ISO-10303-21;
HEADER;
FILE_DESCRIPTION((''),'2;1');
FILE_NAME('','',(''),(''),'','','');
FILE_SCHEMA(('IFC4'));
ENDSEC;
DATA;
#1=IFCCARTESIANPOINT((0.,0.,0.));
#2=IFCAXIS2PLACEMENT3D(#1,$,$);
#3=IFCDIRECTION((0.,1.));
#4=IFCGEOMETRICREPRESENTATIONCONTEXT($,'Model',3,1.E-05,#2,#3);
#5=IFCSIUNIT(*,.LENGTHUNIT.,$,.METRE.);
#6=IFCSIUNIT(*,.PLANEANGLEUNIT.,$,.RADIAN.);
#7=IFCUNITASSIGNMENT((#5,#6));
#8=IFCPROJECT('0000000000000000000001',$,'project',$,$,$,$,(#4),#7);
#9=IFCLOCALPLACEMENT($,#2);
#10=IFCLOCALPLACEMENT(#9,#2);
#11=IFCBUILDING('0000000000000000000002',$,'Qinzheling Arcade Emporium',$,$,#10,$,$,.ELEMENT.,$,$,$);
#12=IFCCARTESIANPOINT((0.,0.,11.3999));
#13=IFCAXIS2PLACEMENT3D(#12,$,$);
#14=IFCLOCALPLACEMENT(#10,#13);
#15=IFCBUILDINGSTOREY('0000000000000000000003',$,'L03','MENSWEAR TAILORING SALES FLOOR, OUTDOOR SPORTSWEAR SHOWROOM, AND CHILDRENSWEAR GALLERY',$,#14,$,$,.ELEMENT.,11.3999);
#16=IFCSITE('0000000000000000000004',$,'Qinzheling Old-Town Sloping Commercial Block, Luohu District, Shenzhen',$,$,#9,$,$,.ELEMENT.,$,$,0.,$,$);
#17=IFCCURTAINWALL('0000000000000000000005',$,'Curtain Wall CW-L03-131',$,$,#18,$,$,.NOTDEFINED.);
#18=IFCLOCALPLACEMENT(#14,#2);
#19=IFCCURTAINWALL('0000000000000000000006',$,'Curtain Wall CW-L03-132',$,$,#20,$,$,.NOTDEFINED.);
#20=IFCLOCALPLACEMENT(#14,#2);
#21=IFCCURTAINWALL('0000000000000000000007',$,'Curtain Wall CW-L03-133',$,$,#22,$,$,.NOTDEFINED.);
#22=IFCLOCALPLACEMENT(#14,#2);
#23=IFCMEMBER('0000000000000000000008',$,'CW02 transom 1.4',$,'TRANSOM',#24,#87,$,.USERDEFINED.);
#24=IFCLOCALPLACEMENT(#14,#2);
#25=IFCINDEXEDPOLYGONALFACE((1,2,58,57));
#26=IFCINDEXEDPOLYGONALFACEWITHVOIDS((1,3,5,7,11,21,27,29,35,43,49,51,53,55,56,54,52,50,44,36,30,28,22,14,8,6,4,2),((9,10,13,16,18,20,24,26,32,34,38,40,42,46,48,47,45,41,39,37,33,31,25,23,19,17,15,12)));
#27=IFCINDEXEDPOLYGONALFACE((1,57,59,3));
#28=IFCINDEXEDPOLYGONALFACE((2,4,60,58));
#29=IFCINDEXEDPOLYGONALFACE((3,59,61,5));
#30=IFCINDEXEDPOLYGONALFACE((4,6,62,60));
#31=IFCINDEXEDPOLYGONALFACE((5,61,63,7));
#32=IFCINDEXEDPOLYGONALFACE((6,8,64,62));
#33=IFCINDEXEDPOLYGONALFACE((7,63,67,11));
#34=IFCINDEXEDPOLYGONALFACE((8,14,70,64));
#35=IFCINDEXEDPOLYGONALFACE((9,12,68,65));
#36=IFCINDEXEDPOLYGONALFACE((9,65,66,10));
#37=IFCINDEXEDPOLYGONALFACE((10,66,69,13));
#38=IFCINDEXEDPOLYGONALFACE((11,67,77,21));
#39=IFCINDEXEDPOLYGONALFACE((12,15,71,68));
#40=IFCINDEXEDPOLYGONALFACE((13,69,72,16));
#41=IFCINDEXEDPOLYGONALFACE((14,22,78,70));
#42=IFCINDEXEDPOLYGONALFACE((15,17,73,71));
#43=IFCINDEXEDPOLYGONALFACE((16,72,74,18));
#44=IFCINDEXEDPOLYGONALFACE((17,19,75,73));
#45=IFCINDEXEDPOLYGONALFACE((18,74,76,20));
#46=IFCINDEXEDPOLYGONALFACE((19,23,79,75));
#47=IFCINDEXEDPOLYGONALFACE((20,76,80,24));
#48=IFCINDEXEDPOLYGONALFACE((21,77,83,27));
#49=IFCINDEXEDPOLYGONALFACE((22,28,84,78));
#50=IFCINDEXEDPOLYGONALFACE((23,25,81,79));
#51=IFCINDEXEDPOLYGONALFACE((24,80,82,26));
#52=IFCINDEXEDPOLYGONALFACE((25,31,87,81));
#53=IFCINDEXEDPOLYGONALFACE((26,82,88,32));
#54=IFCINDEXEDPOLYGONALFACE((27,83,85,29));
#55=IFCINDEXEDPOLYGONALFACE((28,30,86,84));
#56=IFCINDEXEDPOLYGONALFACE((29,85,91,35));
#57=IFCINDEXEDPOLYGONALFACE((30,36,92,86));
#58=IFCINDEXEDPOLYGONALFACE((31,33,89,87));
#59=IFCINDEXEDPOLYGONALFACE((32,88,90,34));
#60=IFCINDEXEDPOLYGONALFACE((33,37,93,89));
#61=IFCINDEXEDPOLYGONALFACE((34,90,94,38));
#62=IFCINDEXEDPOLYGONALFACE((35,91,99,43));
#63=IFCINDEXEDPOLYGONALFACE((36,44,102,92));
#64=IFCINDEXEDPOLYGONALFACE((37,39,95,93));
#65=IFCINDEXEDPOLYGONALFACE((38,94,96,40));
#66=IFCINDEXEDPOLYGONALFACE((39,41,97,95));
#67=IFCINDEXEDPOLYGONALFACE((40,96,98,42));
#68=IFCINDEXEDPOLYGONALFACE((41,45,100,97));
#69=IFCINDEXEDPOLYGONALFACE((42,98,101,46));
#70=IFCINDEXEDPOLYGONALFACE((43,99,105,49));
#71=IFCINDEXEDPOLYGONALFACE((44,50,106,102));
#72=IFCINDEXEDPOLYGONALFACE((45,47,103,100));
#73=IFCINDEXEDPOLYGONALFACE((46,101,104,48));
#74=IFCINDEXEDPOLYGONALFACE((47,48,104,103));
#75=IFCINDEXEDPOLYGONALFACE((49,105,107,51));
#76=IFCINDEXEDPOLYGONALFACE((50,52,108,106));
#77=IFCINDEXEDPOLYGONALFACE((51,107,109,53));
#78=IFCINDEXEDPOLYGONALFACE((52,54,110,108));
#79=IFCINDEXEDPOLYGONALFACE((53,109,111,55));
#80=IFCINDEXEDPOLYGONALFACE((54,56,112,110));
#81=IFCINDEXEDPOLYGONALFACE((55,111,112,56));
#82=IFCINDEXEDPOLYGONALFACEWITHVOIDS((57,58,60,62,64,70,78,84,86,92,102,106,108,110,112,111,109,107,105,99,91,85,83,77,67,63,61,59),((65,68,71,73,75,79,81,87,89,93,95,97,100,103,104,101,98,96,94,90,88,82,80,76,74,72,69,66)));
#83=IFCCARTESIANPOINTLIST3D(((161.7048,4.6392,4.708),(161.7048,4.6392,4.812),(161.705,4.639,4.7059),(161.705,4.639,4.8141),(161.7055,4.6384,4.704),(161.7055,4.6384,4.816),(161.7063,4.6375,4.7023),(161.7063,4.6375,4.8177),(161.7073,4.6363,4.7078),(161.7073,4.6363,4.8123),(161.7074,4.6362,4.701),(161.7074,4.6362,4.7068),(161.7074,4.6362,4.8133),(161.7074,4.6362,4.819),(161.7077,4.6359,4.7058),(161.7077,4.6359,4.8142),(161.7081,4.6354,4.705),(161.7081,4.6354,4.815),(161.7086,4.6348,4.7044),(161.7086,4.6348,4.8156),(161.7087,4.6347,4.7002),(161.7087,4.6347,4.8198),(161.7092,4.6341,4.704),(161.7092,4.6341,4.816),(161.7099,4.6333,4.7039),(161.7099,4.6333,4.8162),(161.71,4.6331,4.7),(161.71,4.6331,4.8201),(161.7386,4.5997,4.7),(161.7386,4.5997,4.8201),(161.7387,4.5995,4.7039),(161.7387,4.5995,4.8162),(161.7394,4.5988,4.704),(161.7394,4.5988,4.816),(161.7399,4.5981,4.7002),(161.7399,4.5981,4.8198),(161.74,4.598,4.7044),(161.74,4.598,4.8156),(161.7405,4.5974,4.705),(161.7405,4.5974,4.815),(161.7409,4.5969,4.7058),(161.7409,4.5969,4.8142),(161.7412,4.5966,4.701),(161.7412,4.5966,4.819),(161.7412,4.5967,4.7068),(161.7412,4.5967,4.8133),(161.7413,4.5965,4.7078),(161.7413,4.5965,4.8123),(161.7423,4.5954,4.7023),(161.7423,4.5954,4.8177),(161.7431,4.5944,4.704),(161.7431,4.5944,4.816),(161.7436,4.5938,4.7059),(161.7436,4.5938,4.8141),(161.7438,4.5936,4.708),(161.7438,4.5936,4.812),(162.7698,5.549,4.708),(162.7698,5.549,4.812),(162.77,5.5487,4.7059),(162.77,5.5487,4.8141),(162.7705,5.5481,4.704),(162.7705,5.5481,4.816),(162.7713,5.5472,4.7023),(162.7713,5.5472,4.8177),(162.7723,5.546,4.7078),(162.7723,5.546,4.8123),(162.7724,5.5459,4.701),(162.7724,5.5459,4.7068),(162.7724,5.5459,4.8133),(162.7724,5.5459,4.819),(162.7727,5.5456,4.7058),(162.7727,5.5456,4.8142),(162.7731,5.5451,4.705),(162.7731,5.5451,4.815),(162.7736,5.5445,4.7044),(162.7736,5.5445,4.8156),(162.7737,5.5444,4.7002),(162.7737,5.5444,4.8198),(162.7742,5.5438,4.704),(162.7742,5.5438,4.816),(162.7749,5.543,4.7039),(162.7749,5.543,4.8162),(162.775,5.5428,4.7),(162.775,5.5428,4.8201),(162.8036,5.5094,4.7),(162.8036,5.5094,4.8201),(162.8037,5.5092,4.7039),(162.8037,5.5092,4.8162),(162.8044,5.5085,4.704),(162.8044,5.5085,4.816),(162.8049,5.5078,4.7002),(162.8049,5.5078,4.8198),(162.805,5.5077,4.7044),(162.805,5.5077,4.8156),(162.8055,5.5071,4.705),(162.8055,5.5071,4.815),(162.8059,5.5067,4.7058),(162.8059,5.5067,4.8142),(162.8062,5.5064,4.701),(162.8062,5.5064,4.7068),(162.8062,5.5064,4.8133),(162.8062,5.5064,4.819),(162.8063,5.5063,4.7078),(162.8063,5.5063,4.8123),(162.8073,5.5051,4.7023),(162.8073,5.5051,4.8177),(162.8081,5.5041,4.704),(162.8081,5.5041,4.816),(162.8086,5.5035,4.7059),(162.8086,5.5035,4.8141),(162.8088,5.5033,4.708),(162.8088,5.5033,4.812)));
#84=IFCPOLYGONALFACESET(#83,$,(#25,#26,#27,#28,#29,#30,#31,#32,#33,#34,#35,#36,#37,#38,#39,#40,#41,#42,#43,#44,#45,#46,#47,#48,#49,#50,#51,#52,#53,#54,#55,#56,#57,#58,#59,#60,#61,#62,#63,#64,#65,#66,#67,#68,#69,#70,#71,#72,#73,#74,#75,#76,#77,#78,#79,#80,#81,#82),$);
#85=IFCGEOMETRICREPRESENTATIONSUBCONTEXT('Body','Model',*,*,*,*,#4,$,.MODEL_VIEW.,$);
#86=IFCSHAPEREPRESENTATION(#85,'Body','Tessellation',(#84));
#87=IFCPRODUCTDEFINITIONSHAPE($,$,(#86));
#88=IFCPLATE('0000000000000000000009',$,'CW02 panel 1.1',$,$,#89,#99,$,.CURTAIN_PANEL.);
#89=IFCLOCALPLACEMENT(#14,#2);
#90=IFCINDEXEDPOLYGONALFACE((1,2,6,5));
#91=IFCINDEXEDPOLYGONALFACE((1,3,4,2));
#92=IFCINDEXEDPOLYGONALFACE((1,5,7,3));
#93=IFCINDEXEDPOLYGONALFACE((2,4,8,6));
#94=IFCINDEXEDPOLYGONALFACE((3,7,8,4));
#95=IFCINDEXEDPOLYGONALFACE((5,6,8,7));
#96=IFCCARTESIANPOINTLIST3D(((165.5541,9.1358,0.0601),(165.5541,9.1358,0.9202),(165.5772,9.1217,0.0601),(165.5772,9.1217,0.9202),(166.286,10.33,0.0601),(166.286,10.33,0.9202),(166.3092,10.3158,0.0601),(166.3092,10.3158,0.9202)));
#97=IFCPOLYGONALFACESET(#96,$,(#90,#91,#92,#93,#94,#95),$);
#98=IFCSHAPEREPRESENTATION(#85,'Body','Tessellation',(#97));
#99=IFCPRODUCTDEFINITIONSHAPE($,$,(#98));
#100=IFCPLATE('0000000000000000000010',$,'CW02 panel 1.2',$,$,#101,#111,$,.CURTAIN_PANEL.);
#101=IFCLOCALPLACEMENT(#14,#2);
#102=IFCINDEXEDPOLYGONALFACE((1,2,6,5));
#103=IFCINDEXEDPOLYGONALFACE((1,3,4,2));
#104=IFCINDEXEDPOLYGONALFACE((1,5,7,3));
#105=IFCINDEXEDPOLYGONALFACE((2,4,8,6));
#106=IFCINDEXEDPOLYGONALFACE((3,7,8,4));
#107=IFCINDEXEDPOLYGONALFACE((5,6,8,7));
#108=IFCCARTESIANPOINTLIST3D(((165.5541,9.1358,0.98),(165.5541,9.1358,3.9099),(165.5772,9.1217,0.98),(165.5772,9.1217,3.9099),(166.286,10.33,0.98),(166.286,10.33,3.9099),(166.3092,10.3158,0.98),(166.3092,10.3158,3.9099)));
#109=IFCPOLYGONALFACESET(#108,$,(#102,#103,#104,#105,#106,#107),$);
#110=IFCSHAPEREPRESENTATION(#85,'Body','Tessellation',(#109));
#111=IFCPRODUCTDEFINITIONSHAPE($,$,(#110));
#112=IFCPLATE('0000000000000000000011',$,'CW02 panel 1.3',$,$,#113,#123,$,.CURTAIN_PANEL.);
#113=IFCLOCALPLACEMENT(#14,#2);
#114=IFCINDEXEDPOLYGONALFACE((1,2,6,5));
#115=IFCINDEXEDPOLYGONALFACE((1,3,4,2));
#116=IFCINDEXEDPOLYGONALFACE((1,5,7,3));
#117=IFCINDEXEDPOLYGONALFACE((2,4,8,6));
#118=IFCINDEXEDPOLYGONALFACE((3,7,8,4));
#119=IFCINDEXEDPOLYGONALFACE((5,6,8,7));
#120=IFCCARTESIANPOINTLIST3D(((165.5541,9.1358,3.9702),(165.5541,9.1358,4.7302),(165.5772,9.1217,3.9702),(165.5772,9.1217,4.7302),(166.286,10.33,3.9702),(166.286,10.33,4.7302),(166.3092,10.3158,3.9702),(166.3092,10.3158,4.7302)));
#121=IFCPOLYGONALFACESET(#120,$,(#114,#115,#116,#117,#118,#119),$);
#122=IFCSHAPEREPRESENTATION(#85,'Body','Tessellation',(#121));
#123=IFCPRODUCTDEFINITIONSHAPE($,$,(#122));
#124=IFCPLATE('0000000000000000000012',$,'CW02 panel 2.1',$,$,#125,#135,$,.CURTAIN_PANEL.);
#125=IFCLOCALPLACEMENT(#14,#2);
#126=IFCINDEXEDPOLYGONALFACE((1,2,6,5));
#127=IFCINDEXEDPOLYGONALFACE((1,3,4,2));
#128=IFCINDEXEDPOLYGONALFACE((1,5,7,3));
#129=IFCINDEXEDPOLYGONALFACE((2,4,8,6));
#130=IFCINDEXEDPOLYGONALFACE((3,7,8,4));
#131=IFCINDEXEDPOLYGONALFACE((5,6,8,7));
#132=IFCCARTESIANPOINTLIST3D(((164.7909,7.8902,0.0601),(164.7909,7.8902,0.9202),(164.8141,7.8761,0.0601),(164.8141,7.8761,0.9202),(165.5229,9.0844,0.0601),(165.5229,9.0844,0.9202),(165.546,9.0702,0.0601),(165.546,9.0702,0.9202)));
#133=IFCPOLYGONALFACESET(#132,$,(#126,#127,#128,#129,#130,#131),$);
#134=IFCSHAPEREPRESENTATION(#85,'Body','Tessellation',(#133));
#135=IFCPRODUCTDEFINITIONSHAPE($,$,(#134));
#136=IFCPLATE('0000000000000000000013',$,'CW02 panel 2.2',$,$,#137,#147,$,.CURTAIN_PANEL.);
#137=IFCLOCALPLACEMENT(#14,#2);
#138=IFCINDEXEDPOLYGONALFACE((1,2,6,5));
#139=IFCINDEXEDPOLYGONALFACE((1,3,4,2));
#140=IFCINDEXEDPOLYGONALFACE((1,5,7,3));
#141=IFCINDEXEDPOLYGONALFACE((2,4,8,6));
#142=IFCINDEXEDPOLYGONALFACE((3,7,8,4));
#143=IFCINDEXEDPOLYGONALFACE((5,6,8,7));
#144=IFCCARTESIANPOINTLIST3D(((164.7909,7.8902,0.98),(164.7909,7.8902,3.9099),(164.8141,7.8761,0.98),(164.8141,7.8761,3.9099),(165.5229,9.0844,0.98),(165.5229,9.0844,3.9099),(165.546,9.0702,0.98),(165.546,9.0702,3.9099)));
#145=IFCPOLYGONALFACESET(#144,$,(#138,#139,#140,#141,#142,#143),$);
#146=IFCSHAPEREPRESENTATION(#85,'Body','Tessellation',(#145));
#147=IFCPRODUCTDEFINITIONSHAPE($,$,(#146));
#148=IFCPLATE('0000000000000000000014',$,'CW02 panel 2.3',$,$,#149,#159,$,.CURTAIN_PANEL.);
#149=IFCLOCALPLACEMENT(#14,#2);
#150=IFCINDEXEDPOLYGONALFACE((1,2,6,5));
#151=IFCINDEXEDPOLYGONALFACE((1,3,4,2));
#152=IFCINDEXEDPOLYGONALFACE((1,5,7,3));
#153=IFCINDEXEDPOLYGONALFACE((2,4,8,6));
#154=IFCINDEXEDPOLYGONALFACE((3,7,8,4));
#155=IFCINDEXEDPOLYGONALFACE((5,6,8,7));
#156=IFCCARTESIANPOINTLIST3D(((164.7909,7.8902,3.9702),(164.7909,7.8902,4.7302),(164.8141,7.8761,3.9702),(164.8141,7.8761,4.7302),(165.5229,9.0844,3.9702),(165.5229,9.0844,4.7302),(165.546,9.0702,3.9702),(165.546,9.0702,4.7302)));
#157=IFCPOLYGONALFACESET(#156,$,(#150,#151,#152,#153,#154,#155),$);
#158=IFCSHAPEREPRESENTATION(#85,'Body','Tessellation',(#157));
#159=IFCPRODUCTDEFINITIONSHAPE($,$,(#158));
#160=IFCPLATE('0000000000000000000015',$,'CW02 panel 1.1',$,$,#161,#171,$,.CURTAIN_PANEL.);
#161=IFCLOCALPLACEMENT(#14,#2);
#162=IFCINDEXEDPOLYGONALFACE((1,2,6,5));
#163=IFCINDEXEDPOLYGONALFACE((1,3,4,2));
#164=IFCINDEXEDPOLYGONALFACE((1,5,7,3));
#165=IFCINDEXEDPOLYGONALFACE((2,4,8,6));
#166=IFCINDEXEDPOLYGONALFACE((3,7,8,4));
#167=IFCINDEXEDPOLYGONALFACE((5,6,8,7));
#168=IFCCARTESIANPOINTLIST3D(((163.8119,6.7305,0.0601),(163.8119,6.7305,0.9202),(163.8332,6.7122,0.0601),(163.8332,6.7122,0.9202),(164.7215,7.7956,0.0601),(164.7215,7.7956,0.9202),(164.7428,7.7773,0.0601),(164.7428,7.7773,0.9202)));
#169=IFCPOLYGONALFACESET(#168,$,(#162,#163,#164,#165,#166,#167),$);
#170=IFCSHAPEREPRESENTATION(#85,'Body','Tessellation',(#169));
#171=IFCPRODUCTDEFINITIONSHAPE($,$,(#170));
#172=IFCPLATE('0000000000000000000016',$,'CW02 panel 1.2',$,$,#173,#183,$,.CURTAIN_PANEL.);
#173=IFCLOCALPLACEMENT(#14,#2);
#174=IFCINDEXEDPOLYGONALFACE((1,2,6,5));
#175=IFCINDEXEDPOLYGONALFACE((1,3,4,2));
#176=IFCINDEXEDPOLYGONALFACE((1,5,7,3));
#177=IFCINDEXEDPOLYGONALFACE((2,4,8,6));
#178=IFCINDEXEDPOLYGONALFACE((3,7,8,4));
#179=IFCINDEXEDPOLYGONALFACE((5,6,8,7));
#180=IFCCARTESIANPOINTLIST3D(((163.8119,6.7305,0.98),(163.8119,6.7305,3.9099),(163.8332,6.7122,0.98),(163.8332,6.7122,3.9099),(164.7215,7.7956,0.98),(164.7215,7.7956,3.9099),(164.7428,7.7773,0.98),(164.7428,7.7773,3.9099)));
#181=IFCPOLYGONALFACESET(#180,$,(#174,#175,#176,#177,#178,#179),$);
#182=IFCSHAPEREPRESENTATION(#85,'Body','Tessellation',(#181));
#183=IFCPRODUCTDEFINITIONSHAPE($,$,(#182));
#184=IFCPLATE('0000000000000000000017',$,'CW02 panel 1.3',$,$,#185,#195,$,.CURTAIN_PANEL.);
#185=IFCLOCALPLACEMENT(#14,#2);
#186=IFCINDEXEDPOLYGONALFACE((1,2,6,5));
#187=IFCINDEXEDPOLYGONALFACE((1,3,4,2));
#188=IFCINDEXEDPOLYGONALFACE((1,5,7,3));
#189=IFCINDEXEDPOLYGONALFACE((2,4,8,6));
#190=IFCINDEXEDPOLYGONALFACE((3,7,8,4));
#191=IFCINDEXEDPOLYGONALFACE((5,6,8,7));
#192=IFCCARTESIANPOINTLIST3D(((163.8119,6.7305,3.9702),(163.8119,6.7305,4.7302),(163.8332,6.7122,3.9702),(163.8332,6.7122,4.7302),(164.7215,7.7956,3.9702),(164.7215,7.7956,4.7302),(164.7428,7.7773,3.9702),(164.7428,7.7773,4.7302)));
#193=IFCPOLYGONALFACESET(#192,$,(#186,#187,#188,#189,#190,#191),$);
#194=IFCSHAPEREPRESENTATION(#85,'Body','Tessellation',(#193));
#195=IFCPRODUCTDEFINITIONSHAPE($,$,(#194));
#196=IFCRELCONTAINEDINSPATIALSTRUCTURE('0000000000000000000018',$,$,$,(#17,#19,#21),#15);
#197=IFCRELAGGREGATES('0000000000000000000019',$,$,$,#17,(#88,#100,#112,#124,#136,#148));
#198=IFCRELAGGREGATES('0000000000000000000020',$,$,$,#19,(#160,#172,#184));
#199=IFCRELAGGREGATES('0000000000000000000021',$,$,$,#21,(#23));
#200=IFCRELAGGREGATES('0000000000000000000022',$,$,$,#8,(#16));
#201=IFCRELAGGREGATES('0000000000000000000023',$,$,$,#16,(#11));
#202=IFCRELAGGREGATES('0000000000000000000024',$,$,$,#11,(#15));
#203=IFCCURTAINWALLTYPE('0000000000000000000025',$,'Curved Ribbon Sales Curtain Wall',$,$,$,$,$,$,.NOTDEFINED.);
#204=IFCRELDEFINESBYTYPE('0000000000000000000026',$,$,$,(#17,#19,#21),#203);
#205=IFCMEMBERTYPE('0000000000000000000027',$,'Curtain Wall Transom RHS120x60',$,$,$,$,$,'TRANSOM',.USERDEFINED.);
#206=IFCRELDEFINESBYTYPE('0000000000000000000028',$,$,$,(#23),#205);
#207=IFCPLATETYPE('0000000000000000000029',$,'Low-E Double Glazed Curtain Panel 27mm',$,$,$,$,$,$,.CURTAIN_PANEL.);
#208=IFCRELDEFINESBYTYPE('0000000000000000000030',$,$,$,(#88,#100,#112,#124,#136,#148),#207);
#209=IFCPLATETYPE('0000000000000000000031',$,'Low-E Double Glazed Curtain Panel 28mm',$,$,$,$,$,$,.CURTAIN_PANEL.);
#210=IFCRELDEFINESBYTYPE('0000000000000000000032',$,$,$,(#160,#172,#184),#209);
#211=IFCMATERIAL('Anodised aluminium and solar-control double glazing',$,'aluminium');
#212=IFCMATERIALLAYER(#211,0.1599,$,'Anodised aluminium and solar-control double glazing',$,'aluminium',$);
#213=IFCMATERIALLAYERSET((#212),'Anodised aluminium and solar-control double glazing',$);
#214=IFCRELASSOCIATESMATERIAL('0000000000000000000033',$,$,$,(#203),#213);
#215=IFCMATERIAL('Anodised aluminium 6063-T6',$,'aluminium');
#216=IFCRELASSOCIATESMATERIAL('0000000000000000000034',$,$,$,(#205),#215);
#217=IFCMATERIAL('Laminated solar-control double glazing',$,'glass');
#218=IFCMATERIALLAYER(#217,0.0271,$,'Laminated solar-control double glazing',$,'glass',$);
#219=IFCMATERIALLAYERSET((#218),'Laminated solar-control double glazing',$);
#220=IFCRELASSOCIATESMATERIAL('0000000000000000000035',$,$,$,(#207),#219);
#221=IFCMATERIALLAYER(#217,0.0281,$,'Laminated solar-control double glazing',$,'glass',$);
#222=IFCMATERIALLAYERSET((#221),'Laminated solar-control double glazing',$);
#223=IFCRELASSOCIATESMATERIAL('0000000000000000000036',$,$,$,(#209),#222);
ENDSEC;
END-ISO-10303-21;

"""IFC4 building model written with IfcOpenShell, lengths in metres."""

from ifc_helpers import new_model, si_unit, direction, frame, origin, origin_2d, place, context, subcontext, project, spatial, rectangle, hollow_rectangle, extrude, material, layer, layer_set, material_profile, profile_set, type_object, element, aggregate, save


model = new_model("IFC4")

# Units and contexts
model_context = context("Model", 3, precision=1e-05, world=origin(), true_north=direction((0.0, 1.0)))
body_context = subcontext(model_context, "Body", "Model", "MODEL_VIEW")
ifc_project = project(units=[si_unit("LENGTHUNIT", "METRE"), si_unit("PLANEANGLEUNIT", "RADIAN")], contexts=[model_context])

# Site, building, storey
site_placement = place(None, origin())
site = spatial("IfcSite", under=ifc_project, at=site_placement, Name="Qinzheling Old-Town Sloping Commercial Block, Luohu District, Shenzhen", CompositionType="ELEMENT", RefElevation=0.0)
building_placement = place(site_placement, origin())
building = spatial("IfcBuilding", under=site, at=building_placement, Name="Qinzheling Arcade Emporium", CompositionType="ELEMENT")
storey_placement = place(building_placement, frame((0.0, 0.0, 11.3999)))
storey = spatial("IfcBuildingStorey", under=building, at=storey_placement, Name="L03", Description="MENSWEAR TAILORING SALES FLOOR, OUTDOOR SPORTSWEAR SHOWROOM, AND CHILDRENSWEAR GALLERY", CompositionType="ELEMENT", Elevation=11.3999)

# Curtain walls
ifc_material_1 = material(Name="Anodised aluminium and solar-control double glazing", Category="aluminium")
ifc_layer_1 = layer(ifc_material_1, 0.1599, Name="Anodised aluminium and solar-control double glazing", Category="aluminium")
ifc_layer_set_1 = layer_set([ifc_layer_1], Name="Anodised aluminium and solar-control double glazing")
curtain_wall_type = type_object("IfcCurtainWallType", Name="Curved Ribbon Sales Curtain Wall", PredefinedType="NOTDEFINED", material=ifc_layer_set_1)
curtain_wall_1_placement = place(storey_placement, origin())
curtain_wall_1 = element("IfcCurtainWall", 1, at=curtain_wall_1_placement, inside=storey, type_object=curtain_wall_type, Name="Curtain Wall CW-L03-131", PredefinedType="NOTDEFINED")
ifc_material_2 = material(Name="Anodised aluminium 6063-T6", Category="aluminium")
curtain_wall_2_placement = place(storey_placement, origin())
curtain_wall_2 = element("IfcCurtainWall", 2, at=curtain_wall_2_placement, inside=storey, type_object=curtain_wall_type, Name="Curtain Wall CW-L03-132", PredefinedType="NOTDEFINED")

# Curtain wall
curtain_wall_3_placement = place(storey_placement, origin())
curtain_wall_3 = element("IfcCurtainWall", 3, at=curtain_wall_3_placement, inside=storey, type_object=curtain_wall_type, Name="Curtain Wall CW-L03-133", PredefinedType="NOTDEFINED")

# Member
ifc_material_profile_1 = material_profile(ifc_material_2, hollow_rectangle(XDim=0.0601, YDim=0.1201, WallThickness=0.0039, InnerFilletRadius=0.0039, OuterFilletRadius=0.0081, at=origin_2d()), Name="RHS 120x60x4", Category="aluminium")
ifc_profile_set_1 = profile_set([ifc_material_profile_1], Name="Anodised aluminium 6063-T6")
member_type_1 = type_object("IfcMemberType", Name="Curtain Wall Transom RHS120x60", ElementType="TRANSOM", PredefinedType="USERDEFINED", material=ifc_profile_set_1)
member_1_placement = place(storey_placement, frame((162.7893, 5.5261, 4.76), z_axis=(-0.760363, -0.649498, 0.0), x_axis=(0.649498, -0.760363, 0.0)))
member_1 = element("IfcMember", 4, at=member_1_placement, type_object=member_type_1, Name="CW02 transom 1.4", ObjectType="TRANSOM", PredefinedType="USERDEFINED", context=body_context, shape_type="SweptSolid", body=[
    extrude(hollow_rectangle(XDim=0.0601, YDim=0.1201, WallThickness=0.0039, InnerFilletRadius=0.0039, OuterFilletRadius=0.0081, at=origin_2d()), origin(), (0.0, 0.0, 1.0), 1.4006),
])

# Plates
ifc_material_3 = material(Name="Laminated solar-control double glazing", Category="glass")
ifc_layer_2 = layer(ifc_material_3, 0.0271, Name="Laminated solar-control double glazing", Category="glass")
ifc_layer_set_2 = layer_set([ifc_layer_2], Name="Laminated solar-control double glazing")
plate_type_1 = type_object("IfcPlateType", Name="Low-E Double Glazed Curtain Panel 27mm", PredefinedType="CURTAIN_PANEL", material=ifc_layer_set_2)
plate_1_placement = place(storey_placement, frame((165.9316, 9.7258, 0.0601), z_axis=(0.0, 0.0, 1.0), x_axis=(-0.522562, -0.852601, 0.0)))
plate_1 = element("IfcPlate", 5, at=plate_1_placement, type_object=plate_type_1, Name="CW02 panel 1.1", PredefinedType="CURTAIN_PANEL", context=body_context, shape_type="SweptSolid", body=[
    extrude(rectangle(XDim=1.4006, YDim=0.0271, at=origin_2d()), origin(), (0.0, 0.0, 1.0), 0.8601),
])
plate_2_placement = place(storey_placement, frame((165.9316, 9.7258, 0.98), z_axis=(0.0, 0.0, 1.0), x_axis=(-0.522562, -0.852601, 0.0)))
plate_2 = element("IfcPlate", 6, at=plate_2_placement, type_object=plate_type_1, Name="CW02 panel 1.2", PredefinedType="CURTAIN_PANEL", context=body_context, shape_type="SweptSolid", body=[
    extrude(rectangle(XDim=1.4006, YDim=0.0271, at=origin_2d()), origin(), (0.0, 0.0, 1.0), 2.9299),
])
plate_3_placement = place(storey_placement, frame((165.9316, 9.7258, 3.9702), z_axis=(0.0, 0.0, 1.0), x_axis=(-0.522562, -0.852601, 0.0)))
plate_3 = element("IfcPlate", 7, at=plate_3_placement, type_object=plate_type_1, Name="CW02 panel 1.3", PredefinedType="CURTAIN_PANEL", context=body_context, shape_type="SweptSolid", body=[
    extrude(rectangle(XDim=1.4006, YDim=0.0271, at=origin_2d()), origin(), (0.0, 0.0, 1.0), 0.76),
])
plate_4_placement = place(storey_placement, frame((165.1685, 8.4802, 0.0601), z_axis=(0.0, 0.0, 1.0), x_axis=(-0.522562, -0.852601, 0.0)))
plate_4 = element("IfcPlate", 8, at=plate_4_placement, type_object=plate_type_1, Name="CW02 panel 2.1", PredefinedType="CURTAIN_PANEL", context=body_context, shape_type="SweptSolid", body=[
    extrude(rectangle(XDim=1.4006, YDim=0.0271, at=origin_2d()), origin(), (0.0, 0.0, 1.0), 0.8601),
])
plate_5_placement = place(storey_placement, frame((165.1685, 8.4802, 0.98), z_axis=(0.0, 0.0, 1.0), x_axis=(-0.522562, -0.852601, 0.0)))
plate_5 = element("IfcPlate", 9, at=plate_5_placement, type_object=plate_type_1, Name="CW02 panel 2.2", PredefinedType="CURTAIN_PANEL", context=body_context, shape_type="SweptSolid", body=[
    extrude(rectangle(XDim=1.4006, YDim=0.0271, at=origin_2d()), origin(), (0.0, 0.0, 1.0), 2.9299),
])
plate_6_placement = place(storey_placement, frame((165.1685, 8.4802, 3.9702), z_axis=(0.0, 0.0, 1.0), x_axis=(-0.522562, -0.852601, 0.0)))
plate_6 = element("IfcPlate", 10, at=plate_6_placement, type_object=plate_type_1, Name="CW02 panel 2.3", PredefinedType="CURTAIN_PANEL", context=body_context, shape_type="SweptSolid", body=[
    extrude(rectangle(XDim=1.4006, YDim=0.0271, at=origin_2d()), origin(), (0.0, 0.0, 1.0), 0.76),
])
aggregate(curtain_wall_1, [plate_1, plate_2, plate_3, plate_4, plate_5, plate_6])
ifc_layer_3 = layer(ifc_material_3, 0.0281, Name="Laminated solar-control double glazing", Category="glass")
ifc_layer_set_3 = layer_set([ifc_layer_3], Name="Laminated solar-control double glazing")
plate_type_2 = type_object("IfcPlateType", Name="Low-E Double Glazed Curtain Panel 28mm", PredefinedType="CURTAIN_PANEL", material=ifc_layer_set_3)
plate_7_placement = place(storey_placement, frame((164.2773, 7.2539, 0.0601), z_axis=(0.0, 0.0, 1.0), x_axis=(-0.649409, -0.760439, 0.0)))
plate_7 = element("IfcPlate", 11, at=plate_7_placement, type_object=plate_type_2, Name="CW02 panel 1.1", PredefinedType="CURTAIN_PANEL", context=body_context, shape_type="SweptSolid", body=[
    extrude(rectangle(XDim=1.4006, YDim=0.0281, at=origin_2d()), origin(), (0.0, 0.0, 1.0), 0.8601),
])
plate_8_placement = place(storey_placement, frame((164.2773, 7.2539, 0.98), z_axis=(0.0, 0.0, 1.0), x_axis=(-0.649409, -0.760439, 0.0)))
plate_8 = element("IfcPlate", 12, at=plate_8_placement, type_object=plate_type_2, Name="CW02 panel 1.2", PredefinedType="CURTAIN_PANEL", context=body_context, shape_type="SweptSolid", body=[
    extrude(rectangle(XDim=1.4006, YDim=0.0281, at=origin_2d()), origin(), (0.0, 0.0, 1.0), 2.9299),
])
plate_9_placement = place(storey_placement, frame((164.2773, 7.2539, 3.9702), z_axis=(0.0, 0.0, 1.0), x_axis=(-0.649409, -0.760439, 0.0)))
plate_9 = element("IfcPlate", 13, at=plate_9_placement, type_object=plate_type_2, Name="CW02 panel 1.3", PredefinedType="CURTAIN_PANEL", context=body_context, shape_type="SweptSolid", body=[
    extrude(rectangle(XDim=1.4006, YDim=0.0281, at=origin_2d()), origin(), (0.0, 0.0, 1.0), 0.76),
])
aggregate(curtain_wall_2, [plate_7, plate_8, plate_9])
aggregate(curtain_wall_3, [member_1])

save(model, "model.ifc")
